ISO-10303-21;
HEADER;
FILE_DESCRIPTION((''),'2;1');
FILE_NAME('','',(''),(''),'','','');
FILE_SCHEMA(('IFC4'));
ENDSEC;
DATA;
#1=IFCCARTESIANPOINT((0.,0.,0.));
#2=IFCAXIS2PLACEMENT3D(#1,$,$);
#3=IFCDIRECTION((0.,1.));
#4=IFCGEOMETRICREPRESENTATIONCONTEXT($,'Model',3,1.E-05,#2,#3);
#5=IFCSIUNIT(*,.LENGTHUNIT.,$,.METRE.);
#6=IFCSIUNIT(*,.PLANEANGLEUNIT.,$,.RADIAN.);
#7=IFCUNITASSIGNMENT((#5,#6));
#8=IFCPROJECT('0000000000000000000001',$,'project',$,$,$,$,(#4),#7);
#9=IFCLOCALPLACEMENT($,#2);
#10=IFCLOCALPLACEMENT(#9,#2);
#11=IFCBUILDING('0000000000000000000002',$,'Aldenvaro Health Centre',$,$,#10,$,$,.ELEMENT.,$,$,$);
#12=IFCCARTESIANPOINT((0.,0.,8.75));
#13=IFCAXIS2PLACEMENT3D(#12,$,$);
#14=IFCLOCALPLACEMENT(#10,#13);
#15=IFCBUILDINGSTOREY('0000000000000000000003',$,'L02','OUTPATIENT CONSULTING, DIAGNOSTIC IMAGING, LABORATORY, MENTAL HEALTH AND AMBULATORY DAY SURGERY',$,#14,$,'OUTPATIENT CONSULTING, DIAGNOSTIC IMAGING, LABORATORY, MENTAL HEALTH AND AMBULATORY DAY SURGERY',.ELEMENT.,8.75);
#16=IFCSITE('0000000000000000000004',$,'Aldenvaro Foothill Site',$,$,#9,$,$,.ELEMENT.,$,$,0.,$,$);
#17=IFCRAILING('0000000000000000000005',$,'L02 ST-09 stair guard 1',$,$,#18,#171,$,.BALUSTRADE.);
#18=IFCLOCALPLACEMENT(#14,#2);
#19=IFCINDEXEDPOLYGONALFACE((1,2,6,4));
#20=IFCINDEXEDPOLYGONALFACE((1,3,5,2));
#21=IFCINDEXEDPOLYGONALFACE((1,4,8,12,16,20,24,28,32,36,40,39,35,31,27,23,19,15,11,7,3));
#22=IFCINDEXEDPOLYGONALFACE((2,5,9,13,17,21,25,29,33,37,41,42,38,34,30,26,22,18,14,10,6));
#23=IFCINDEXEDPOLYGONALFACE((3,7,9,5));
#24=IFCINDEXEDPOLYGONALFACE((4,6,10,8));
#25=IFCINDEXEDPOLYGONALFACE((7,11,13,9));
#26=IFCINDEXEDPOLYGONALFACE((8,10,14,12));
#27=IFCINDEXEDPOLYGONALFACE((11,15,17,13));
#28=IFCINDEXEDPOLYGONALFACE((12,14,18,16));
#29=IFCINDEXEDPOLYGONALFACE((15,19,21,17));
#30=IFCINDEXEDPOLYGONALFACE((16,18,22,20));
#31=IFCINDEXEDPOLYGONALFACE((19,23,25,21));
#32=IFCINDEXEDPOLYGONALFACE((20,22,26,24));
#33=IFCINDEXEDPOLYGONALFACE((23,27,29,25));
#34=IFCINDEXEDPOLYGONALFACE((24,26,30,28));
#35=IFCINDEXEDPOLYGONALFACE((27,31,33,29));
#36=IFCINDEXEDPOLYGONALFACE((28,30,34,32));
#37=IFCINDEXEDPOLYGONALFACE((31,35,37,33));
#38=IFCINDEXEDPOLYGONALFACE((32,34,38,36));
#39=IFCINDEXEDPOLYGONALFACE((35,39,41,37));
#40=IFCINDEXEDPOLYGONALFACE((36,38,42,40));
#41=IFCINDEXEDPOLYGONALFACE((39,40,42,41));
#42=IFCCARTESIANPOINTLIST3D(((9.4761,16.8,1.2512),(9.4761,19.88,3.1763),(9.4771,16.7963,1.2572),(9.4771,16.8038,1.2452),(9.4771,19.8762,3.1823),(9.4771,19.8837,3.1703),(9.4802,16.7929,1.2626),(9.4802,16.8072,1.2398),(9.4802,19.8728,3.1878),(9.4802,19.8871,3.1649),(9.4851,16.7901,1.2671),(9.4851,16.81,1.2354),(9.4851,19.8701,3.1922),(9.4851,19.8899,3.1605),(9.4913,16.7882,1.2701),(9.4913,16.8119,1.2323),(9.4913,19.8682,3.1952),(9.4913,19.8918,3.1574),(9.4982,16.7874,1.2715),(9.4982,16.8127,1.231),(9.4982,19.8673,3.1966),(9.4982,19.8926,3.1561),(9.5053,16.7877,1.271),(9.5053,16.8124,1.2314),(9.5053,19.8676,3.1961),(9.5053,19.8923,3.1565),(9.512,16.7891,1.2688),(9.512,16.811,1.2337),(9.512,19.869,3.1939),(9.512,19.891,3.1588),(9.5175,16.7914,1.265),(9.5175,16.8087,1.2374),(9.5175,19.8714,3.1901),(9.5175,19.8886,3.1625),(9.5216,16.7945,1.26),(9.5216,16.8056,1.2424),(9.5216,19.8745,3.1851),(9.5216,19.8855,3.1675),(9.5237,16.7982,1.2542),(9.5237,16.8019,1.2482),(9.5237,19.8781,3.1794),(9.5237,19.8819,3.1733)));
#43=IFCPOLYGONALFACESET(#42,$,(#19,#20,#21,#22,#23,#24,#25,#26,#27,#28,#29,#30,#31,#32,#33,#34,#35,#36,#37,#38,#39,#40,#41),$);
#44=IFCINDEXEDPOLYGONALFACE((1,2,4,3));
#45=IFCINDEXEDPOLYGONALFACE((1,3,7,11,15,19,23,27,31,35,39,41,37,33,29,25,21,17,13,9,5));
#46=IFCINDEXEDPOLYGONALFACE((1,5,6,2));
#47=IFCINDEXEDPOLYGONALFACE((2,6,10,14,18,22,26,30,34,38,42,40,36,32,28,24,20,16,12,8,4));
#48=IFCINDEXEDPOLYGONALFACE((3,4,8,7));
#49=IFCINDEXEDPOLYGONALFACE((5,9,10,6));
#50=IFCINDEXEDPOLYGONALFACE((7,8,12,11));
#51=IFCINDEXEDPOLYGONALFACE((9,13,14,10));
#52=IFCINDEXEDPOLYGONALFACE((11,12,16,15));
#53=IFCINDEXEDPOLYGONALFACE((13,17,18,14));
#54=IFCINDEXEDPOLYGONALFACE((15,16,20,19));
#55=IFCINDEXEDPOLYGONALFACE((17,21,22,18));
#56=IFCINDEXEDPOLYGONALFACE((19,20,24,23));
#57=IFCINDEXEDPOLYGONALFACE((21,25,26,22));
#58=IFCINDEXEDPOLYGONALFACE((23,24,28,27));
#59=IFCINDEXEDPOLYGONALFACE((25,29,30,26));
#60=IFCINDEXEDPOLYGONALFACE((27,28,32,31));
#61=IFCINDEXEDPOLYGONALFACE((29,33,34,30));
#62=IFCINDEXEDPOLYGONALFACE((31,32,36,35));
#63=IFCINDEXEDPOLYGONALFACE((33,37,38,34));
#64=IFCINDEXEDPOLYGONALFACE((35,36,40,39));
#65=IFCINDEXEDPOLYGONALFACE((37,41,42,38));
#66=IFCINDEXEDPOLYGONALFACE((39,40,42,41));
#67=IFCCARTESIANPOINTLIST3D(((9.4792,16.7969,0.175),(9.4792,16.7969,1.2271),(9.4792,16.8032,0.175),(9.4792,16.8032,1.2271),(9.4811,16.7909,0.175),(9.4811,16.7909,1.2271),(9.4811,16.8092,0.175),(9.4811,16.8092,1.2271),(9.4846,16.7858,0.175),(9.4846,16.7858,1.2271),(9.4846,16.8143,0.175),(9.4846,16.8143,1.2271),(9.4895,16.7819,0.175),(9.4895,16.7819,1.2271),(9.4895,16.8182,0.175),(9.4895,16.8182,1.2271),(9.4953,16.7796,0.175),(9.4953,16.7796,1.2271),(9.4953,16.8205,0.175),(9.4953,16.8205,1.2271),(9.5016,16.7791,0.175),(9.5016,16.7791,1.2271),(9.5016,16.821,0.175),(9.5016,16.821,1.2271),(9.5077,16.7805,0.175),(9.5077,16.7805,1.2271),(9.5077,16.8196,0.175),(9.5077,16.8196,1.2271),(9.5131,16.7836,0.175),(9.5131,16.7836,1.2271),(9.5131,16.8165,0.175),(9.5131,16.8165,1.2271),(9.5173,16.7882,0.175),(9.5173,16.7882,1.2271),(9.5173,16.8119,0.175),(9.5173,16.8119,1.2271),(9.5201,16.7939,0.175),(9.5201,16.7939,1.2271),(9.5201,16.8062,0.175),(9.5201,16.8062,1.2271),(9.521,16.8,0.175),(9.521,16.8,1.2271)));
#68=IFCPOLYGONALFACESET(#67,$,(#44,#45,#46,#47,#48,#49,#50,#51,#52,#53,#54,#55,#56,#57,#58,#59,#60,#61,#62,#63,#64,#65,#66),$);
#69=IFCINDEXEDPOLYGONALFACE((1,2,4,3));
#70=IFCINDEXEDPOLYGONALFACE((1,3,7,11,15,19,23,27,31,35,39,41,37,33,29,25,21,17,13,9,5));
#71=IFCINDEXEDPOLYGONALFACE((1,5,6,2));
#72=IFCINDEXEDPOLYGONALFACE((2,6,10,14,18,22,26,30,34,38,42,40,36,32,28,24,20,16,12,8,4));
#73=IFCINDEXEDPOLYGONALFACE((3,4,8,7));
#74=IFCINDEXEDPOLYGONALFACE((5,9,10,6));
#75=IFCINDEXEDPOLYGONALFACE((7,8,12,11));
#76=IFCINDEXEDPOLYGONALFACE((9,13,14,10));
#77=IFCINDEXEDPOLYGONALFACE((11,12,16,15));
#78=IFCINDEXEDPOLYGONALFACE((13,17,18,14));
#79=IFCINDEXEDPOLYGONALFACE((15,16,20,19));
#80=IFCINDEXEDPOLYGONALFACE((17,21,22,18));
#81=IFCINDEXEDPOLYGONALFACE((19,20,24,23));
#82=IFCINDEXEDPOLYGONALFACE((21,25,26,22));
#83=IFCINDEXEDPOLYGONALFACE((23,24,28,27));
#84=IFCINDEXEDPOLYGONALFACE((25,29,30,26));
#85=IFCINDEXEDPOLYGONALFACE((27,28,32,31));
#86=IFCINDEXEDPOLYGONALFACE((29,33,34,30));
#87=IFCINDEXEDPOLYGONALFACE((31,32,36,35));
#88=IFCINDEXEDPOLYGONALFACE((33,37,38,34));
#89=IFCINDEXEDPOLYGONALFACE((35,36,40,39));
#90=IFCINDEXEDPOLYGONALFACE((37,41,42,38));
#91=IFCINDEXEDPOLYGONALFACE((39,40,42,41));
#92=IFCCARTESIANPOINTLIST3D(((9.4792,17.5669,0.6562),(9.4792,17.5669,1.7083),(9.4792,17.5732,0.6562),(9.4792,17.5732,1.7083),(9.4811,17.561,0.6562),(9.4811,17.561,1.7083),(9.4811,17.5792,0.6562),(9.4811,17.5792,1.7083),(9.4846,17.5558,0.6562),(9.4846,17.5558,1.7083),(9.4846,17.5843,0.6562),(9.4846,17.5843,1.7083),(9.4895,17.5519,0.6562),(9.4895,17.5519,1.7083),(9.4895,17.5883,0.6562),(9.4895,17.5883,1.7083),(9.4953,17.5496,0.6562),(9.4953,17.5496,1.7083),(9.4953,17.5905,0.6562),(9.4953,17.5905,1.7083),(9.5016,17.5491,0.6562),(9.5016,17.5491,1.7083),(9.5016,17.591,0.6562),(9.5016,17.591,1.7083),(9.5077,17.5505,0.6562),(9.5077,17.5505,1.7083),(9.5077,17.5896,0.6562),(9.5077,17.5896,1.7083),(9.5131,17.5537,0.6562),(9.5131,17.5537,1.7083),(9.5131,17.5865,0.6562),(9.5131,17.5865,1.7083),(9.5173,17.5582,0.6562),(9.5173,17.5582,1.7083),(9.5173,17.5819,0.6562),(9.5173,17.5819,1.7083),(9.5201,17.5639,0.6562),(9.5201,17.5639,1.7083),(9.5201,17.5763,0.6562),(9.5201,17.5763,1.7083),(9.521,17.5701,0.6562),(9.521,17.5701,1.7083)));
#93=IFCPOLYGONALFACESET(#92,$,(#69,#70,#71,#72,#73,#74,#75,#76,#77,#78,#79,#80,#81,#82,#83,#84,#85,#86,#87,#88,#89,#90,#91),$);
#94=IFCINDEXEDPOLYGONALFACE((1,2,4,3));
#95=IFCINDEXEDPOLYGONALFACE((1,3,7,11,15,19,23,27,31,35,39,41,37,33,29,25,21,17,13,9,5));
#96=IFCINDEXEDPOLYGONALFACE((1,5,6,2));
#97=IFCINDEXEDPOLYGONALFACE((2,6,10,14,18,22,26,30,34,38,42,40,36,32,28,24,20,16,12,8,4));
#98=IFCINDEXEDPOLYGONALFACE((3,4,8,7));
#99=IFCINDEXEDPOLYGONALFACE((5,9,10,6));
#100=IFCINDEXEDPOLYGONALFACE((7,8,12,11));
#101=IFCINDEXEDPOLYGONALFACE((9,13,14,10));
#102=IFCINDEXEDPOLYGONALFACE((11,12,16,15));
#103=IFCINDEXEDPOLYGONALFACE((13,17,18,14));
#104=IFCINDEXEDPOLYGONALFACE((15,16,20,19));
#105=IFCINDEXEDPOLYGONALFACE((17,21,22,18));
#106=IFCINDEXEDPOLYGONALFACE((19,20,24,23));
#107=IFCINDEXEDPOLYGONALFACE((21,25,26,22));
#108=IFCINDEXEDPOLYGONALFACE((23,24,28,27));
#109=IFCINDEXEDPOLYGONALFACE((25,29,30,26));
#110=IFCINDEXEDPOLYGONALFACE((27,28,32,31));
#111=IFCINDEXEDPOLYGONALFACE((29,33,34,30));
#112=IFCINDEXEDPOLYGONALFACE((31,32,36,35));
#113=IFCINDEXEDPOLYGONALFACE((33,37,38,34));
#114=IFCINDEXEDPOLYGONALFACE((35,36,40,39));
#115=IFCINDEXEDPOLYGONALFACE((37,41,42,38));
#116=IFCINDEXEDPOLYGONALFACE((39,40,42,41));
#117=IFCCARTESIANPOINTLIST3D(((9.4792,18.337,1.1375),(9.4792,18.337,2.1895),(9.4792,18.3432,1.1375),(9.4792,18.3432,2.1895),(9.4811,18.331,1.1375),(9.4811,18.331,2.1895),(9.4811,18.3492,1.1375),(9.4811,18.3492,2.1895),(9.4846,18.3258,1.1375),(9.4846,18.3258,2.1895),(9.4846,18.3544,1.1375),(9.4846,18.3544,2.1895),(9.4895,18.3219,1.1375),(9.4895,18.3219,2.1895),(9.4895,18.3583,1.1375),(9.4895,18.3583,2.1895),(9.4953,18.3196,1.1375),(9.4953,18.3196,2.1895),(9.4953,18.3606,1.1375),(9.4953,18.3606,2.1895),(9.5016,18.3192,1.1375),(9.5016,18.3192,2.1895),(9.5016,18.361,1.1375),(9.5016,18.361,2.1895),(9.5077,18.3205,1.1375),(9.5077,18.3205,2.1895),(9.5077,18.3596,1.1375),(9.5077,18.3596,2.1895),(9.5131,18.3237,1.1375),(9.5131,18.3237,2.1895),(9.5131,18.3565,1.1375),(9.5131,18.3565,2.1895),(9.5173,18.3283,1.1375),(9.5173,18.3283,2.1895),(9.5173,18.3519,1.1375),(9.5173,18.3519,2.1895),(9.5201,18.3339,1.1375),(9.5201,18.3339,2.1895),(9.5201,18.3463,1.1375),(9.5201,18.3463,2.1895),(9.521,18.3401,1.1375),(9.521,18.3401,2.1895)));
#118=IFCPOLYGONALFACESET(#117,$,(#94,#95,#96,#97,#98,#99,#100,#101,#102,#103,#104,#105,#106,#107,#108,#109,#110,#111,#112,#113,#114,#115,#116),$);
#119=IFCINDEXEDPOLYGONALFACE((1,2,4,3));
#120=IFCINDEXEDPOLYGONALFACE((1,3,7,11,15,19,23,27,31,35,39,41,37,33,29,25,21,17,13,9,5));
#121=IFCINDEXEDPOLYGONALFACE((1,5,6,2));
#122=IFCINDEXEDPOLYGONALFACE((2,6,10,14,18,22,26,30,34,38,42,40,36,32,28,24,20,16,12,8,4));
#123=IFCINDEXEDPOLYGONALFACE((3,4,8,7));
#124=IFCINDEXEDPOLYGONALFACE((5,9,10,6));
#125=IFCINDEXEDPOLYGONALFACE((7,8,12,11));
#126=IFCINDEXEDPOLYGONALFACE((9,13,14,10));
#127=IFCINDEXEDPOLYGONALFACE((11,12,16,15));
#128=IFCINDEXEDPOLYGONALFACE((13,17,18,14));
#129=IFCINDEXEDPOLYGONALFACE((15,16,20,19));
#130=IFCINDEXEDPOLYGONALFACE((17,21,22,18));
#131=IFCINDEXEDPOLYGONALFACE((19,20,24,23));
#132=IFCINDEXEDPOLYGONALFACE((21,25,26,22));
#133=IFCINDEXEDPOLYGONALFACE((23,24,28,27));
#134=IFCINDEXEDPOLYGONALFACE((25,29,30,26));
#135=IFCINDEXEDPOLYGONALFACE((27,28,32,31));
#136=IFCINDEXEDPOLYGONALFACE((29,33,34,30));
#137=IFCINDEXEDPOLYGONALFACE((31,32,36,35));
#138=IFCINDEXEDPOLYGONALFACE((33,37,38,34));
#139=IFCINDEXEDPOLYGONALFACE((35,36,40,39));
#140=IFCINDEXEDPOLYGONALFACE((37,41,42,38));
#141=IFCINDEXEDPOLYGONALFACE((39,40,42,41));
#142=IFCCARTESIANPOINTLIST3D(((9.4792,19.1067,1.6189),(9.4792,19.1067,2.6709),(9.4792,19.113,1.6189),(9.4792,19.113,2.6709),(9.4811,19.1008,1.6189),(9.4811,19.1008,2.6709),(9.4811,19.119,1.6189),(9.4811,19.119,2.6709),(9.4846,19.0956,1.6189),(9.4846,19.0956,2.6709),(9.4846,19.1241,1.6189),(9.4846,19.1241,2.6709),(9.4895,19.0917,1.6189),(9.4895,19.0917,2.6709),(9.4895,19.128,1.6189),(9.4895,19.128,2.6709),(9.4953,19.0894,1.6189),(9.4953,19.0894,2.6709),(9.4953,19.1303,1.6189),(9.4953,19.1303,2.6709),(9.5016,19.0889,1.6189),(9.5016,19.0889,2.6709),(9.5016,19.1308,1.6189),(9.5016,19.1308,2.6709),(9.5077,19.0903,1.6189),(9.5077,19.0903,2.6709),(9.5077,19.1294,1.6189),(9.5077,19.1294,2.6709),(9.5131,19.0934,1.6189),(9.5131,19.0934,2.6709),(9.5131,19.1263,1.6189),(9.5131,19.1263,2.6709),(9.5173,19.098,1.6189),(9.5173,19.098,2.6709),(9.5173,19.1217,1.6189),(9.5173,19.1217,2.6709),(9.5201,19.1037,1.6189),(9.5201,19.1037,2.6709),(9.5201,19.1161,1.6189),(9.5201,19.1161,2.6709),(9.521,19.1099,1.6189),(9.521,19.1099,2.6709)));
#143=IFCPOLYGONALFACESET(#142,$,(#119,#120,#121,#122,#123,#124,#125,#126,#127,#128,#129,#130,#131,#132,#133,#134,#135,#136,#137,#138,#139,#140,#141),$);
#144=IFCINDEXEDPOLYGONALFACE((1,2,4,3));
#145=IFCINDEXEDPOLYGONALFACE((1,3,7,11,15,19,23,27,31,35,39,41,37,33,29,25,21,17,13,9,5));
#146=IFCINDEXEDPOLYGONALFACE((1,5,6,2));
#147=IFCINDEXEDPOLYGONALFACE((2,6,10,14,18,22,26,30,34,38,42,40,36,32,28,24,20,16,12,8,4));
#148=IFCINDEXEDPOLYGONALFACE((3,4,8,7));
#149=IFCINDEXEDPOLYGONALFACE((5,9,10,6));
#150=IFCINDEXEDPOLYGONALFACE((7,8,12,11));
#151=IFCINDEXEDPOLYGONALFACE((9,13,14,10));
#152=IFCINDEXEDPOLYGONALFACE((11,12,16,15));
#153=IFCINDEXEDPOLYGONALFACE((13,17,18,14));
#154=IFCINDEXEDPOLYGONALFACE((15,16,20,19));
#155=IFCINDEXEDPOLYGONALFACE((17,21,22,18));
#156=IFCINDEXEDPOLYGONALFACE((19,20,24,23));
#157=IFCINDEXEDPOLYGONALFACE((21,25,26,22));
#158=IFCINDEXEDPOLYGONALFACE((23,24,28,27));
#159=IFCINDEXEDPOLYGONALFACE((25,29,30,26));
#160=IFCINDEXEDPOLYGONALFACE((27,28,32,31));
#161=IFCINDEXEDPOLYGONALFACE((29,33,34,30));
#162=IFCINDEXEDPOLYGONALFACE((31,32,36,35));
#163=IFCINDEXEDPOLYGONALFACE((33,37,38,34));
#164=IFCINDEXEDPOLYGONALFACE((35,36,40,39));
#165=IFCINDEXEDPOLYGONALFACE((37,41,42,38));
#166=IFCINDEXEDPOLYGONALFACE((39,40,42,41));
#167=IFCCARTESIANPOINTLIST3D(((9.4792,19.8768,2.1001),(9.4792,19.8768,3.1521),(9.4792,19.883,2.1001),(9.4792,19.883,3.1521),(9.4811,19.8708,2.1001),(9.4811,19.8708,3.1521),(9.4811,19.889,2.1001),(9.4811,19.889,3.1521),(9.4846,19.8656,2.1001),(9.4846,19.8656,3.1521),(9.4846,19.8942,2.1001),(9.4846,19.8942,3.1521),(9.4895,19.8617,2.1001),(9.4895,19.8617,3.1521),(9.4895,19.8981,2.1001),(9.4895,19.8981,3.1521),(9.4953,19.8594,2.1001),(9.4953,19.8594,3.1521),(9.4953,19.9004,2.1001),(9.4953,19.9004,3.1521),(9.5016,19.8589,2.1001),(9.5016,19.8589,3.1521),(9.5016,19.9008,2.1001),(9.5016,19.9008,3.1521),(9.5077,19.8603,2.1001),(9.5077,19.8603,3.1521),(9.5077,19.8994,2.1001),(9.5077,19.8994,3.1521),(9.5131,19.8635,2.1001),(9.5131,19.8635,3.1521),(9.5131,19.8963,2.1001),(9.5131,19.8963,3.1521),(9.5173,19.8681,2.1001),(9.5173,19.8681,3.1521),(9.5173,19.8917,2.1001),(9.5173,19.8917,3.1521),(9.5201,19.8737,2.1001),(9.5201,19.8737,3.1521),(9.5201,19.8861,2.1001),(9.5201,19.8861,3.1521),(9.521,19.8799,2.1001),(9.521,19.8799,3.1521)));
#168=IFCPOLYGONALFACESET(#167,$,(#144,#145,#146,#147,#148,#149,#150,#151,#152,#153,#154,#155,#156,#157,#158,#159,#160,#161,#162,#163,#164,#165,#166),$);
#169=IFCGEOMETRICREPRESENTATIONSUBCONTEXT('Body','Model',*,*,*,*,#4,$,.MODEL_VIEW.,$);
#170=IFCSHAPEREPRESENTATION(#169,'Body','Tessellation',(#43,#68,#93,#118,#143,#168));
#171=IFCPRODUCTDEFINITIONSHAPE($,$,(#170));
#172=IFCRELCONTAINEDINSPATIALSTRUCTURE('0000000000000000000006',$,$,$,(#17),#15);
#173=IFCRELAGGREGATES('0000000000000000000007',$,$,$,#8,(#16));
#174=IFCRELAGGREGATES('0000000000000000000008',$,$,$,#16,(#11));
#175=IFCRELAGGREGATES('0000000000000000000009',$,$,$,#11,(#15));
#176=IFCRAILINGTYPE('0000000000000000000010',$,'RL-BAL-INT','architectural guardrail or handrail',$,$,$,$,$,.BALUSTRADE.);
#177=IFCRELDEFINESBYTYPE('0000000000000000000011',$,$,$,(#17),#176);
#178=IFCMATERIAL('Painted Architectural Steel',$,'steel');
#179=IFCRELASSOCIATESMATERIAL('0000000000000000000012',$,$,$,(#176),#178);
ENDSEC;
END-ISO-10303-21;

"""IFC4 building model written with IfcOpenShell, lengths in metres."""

from ifc_helpers import new_model, si_unit, direction, frame, origin, origin_2d, place, context, subcontext, project, spatial, circle, extrude, material, type_object, element, save


model = new_model("IFC4")

# Units and contexts
model_context = context("Model", 3, precision=1e-05, world=origin(), true_north=direction((0.0, 1.0)))
body_context = subcontext(model_context, "Body", "Model", "MODEL_VIEW")
ifc_project = project(units=[si_unit("LENGTHUNIT", "METRE"), si_unit("PLANEANGLEUNIT", "RADIAN")], contexts=[model_context])

# Site, building, storey
site_placement = place(None, origin())
site = spatial("IfcSite", under=ifc_project, at=site_placement, Name="Aldenvaro Foothill Site", CompositionType="ELEMENT", RefElevation=0.0)
building_placement = place(site_placement, origin())
building = spatial("IfcBuilding", under=site, at=building_placement, Name="Aldenvaro Health Centre", CompositionType="ELEMENT")
storey_placement = place(building_placement, frame((0.0, 0.0, 8.75)))
storey = spatial("IfcBuildingStorey", under=building, at=storey_placement, Name="L02", Description="OUTPATIENT CONSULTING, DIAGNOSTIC IMAGING, LABORATORY, MENTAL HEALTH AND AMBULATORY DAY SURGERY", LongName="OUTPATIENT CONSULTING, DIAGNOSTIC IMAGING, LABORATORY, MENTAL HEALTH AND AMBULATORY DAY SURGERY", CompositionType="ELEMENT", Elevation=8.75)

# Railing
ifc_material_1 = material(Name="Painted Architectural Steel", Category="steel")
railing_type = type_object("IfcRailingType", Name="RL-BAL-INT", Description="architectural guardrail or handrail", PredefinedType="BALUSTRADE", material=ifc_material_1)
railing_1_placement = place(storey_placement, frame((9.5, 16.8, 0.175)))
element("IfcRailing", 1, at=railing_1_placement, inside=storey, type_object=railing_type, Name="L02 ST-09 stair guard 1", PredefinedType="BALUSTRADE", context=body_context, shape_type="SweptSolid", body=[
    extrude(circle(Radius=0.0239, at=origin_2d()), frame((0.0, 0.0, 1.0762), z_axis=(0.0, 0.847979, 0.530029), x_axis=(-1.0, 0.0, 0.0)), (0.0, 0.0, 1.0), 3.6321),
    extrude(circle(Radius=0.021, at=origin_2d()), origin(), (0.0, 0.0, 1.0), 1.052),
    extrude(circle(Radius=0.021, at=origin_2d()), frame((0.0, 0.77, 0.4812)), (0.0, 0.0, 1.0), 1.052),
    extrude(circle(Radius=0.021, at=origin_2d()), frame((0.0, 1.54, 0.9624)), (0.0, 0.0, 1.0), 1.052),
    extrude(circle(Radius=0.021, at=origin_2d()), frame((0.0, 2.3098, 1.4438)), (0.0, 0.0, 1.0), 1.052),
    extrude(circle(Radius=0.021, at=origin_2d()), frame((0.0, 3.0798, 1.925)), (0.0, 0.0, 1.0), 1.052),
])

save(model, "model.ifc")
